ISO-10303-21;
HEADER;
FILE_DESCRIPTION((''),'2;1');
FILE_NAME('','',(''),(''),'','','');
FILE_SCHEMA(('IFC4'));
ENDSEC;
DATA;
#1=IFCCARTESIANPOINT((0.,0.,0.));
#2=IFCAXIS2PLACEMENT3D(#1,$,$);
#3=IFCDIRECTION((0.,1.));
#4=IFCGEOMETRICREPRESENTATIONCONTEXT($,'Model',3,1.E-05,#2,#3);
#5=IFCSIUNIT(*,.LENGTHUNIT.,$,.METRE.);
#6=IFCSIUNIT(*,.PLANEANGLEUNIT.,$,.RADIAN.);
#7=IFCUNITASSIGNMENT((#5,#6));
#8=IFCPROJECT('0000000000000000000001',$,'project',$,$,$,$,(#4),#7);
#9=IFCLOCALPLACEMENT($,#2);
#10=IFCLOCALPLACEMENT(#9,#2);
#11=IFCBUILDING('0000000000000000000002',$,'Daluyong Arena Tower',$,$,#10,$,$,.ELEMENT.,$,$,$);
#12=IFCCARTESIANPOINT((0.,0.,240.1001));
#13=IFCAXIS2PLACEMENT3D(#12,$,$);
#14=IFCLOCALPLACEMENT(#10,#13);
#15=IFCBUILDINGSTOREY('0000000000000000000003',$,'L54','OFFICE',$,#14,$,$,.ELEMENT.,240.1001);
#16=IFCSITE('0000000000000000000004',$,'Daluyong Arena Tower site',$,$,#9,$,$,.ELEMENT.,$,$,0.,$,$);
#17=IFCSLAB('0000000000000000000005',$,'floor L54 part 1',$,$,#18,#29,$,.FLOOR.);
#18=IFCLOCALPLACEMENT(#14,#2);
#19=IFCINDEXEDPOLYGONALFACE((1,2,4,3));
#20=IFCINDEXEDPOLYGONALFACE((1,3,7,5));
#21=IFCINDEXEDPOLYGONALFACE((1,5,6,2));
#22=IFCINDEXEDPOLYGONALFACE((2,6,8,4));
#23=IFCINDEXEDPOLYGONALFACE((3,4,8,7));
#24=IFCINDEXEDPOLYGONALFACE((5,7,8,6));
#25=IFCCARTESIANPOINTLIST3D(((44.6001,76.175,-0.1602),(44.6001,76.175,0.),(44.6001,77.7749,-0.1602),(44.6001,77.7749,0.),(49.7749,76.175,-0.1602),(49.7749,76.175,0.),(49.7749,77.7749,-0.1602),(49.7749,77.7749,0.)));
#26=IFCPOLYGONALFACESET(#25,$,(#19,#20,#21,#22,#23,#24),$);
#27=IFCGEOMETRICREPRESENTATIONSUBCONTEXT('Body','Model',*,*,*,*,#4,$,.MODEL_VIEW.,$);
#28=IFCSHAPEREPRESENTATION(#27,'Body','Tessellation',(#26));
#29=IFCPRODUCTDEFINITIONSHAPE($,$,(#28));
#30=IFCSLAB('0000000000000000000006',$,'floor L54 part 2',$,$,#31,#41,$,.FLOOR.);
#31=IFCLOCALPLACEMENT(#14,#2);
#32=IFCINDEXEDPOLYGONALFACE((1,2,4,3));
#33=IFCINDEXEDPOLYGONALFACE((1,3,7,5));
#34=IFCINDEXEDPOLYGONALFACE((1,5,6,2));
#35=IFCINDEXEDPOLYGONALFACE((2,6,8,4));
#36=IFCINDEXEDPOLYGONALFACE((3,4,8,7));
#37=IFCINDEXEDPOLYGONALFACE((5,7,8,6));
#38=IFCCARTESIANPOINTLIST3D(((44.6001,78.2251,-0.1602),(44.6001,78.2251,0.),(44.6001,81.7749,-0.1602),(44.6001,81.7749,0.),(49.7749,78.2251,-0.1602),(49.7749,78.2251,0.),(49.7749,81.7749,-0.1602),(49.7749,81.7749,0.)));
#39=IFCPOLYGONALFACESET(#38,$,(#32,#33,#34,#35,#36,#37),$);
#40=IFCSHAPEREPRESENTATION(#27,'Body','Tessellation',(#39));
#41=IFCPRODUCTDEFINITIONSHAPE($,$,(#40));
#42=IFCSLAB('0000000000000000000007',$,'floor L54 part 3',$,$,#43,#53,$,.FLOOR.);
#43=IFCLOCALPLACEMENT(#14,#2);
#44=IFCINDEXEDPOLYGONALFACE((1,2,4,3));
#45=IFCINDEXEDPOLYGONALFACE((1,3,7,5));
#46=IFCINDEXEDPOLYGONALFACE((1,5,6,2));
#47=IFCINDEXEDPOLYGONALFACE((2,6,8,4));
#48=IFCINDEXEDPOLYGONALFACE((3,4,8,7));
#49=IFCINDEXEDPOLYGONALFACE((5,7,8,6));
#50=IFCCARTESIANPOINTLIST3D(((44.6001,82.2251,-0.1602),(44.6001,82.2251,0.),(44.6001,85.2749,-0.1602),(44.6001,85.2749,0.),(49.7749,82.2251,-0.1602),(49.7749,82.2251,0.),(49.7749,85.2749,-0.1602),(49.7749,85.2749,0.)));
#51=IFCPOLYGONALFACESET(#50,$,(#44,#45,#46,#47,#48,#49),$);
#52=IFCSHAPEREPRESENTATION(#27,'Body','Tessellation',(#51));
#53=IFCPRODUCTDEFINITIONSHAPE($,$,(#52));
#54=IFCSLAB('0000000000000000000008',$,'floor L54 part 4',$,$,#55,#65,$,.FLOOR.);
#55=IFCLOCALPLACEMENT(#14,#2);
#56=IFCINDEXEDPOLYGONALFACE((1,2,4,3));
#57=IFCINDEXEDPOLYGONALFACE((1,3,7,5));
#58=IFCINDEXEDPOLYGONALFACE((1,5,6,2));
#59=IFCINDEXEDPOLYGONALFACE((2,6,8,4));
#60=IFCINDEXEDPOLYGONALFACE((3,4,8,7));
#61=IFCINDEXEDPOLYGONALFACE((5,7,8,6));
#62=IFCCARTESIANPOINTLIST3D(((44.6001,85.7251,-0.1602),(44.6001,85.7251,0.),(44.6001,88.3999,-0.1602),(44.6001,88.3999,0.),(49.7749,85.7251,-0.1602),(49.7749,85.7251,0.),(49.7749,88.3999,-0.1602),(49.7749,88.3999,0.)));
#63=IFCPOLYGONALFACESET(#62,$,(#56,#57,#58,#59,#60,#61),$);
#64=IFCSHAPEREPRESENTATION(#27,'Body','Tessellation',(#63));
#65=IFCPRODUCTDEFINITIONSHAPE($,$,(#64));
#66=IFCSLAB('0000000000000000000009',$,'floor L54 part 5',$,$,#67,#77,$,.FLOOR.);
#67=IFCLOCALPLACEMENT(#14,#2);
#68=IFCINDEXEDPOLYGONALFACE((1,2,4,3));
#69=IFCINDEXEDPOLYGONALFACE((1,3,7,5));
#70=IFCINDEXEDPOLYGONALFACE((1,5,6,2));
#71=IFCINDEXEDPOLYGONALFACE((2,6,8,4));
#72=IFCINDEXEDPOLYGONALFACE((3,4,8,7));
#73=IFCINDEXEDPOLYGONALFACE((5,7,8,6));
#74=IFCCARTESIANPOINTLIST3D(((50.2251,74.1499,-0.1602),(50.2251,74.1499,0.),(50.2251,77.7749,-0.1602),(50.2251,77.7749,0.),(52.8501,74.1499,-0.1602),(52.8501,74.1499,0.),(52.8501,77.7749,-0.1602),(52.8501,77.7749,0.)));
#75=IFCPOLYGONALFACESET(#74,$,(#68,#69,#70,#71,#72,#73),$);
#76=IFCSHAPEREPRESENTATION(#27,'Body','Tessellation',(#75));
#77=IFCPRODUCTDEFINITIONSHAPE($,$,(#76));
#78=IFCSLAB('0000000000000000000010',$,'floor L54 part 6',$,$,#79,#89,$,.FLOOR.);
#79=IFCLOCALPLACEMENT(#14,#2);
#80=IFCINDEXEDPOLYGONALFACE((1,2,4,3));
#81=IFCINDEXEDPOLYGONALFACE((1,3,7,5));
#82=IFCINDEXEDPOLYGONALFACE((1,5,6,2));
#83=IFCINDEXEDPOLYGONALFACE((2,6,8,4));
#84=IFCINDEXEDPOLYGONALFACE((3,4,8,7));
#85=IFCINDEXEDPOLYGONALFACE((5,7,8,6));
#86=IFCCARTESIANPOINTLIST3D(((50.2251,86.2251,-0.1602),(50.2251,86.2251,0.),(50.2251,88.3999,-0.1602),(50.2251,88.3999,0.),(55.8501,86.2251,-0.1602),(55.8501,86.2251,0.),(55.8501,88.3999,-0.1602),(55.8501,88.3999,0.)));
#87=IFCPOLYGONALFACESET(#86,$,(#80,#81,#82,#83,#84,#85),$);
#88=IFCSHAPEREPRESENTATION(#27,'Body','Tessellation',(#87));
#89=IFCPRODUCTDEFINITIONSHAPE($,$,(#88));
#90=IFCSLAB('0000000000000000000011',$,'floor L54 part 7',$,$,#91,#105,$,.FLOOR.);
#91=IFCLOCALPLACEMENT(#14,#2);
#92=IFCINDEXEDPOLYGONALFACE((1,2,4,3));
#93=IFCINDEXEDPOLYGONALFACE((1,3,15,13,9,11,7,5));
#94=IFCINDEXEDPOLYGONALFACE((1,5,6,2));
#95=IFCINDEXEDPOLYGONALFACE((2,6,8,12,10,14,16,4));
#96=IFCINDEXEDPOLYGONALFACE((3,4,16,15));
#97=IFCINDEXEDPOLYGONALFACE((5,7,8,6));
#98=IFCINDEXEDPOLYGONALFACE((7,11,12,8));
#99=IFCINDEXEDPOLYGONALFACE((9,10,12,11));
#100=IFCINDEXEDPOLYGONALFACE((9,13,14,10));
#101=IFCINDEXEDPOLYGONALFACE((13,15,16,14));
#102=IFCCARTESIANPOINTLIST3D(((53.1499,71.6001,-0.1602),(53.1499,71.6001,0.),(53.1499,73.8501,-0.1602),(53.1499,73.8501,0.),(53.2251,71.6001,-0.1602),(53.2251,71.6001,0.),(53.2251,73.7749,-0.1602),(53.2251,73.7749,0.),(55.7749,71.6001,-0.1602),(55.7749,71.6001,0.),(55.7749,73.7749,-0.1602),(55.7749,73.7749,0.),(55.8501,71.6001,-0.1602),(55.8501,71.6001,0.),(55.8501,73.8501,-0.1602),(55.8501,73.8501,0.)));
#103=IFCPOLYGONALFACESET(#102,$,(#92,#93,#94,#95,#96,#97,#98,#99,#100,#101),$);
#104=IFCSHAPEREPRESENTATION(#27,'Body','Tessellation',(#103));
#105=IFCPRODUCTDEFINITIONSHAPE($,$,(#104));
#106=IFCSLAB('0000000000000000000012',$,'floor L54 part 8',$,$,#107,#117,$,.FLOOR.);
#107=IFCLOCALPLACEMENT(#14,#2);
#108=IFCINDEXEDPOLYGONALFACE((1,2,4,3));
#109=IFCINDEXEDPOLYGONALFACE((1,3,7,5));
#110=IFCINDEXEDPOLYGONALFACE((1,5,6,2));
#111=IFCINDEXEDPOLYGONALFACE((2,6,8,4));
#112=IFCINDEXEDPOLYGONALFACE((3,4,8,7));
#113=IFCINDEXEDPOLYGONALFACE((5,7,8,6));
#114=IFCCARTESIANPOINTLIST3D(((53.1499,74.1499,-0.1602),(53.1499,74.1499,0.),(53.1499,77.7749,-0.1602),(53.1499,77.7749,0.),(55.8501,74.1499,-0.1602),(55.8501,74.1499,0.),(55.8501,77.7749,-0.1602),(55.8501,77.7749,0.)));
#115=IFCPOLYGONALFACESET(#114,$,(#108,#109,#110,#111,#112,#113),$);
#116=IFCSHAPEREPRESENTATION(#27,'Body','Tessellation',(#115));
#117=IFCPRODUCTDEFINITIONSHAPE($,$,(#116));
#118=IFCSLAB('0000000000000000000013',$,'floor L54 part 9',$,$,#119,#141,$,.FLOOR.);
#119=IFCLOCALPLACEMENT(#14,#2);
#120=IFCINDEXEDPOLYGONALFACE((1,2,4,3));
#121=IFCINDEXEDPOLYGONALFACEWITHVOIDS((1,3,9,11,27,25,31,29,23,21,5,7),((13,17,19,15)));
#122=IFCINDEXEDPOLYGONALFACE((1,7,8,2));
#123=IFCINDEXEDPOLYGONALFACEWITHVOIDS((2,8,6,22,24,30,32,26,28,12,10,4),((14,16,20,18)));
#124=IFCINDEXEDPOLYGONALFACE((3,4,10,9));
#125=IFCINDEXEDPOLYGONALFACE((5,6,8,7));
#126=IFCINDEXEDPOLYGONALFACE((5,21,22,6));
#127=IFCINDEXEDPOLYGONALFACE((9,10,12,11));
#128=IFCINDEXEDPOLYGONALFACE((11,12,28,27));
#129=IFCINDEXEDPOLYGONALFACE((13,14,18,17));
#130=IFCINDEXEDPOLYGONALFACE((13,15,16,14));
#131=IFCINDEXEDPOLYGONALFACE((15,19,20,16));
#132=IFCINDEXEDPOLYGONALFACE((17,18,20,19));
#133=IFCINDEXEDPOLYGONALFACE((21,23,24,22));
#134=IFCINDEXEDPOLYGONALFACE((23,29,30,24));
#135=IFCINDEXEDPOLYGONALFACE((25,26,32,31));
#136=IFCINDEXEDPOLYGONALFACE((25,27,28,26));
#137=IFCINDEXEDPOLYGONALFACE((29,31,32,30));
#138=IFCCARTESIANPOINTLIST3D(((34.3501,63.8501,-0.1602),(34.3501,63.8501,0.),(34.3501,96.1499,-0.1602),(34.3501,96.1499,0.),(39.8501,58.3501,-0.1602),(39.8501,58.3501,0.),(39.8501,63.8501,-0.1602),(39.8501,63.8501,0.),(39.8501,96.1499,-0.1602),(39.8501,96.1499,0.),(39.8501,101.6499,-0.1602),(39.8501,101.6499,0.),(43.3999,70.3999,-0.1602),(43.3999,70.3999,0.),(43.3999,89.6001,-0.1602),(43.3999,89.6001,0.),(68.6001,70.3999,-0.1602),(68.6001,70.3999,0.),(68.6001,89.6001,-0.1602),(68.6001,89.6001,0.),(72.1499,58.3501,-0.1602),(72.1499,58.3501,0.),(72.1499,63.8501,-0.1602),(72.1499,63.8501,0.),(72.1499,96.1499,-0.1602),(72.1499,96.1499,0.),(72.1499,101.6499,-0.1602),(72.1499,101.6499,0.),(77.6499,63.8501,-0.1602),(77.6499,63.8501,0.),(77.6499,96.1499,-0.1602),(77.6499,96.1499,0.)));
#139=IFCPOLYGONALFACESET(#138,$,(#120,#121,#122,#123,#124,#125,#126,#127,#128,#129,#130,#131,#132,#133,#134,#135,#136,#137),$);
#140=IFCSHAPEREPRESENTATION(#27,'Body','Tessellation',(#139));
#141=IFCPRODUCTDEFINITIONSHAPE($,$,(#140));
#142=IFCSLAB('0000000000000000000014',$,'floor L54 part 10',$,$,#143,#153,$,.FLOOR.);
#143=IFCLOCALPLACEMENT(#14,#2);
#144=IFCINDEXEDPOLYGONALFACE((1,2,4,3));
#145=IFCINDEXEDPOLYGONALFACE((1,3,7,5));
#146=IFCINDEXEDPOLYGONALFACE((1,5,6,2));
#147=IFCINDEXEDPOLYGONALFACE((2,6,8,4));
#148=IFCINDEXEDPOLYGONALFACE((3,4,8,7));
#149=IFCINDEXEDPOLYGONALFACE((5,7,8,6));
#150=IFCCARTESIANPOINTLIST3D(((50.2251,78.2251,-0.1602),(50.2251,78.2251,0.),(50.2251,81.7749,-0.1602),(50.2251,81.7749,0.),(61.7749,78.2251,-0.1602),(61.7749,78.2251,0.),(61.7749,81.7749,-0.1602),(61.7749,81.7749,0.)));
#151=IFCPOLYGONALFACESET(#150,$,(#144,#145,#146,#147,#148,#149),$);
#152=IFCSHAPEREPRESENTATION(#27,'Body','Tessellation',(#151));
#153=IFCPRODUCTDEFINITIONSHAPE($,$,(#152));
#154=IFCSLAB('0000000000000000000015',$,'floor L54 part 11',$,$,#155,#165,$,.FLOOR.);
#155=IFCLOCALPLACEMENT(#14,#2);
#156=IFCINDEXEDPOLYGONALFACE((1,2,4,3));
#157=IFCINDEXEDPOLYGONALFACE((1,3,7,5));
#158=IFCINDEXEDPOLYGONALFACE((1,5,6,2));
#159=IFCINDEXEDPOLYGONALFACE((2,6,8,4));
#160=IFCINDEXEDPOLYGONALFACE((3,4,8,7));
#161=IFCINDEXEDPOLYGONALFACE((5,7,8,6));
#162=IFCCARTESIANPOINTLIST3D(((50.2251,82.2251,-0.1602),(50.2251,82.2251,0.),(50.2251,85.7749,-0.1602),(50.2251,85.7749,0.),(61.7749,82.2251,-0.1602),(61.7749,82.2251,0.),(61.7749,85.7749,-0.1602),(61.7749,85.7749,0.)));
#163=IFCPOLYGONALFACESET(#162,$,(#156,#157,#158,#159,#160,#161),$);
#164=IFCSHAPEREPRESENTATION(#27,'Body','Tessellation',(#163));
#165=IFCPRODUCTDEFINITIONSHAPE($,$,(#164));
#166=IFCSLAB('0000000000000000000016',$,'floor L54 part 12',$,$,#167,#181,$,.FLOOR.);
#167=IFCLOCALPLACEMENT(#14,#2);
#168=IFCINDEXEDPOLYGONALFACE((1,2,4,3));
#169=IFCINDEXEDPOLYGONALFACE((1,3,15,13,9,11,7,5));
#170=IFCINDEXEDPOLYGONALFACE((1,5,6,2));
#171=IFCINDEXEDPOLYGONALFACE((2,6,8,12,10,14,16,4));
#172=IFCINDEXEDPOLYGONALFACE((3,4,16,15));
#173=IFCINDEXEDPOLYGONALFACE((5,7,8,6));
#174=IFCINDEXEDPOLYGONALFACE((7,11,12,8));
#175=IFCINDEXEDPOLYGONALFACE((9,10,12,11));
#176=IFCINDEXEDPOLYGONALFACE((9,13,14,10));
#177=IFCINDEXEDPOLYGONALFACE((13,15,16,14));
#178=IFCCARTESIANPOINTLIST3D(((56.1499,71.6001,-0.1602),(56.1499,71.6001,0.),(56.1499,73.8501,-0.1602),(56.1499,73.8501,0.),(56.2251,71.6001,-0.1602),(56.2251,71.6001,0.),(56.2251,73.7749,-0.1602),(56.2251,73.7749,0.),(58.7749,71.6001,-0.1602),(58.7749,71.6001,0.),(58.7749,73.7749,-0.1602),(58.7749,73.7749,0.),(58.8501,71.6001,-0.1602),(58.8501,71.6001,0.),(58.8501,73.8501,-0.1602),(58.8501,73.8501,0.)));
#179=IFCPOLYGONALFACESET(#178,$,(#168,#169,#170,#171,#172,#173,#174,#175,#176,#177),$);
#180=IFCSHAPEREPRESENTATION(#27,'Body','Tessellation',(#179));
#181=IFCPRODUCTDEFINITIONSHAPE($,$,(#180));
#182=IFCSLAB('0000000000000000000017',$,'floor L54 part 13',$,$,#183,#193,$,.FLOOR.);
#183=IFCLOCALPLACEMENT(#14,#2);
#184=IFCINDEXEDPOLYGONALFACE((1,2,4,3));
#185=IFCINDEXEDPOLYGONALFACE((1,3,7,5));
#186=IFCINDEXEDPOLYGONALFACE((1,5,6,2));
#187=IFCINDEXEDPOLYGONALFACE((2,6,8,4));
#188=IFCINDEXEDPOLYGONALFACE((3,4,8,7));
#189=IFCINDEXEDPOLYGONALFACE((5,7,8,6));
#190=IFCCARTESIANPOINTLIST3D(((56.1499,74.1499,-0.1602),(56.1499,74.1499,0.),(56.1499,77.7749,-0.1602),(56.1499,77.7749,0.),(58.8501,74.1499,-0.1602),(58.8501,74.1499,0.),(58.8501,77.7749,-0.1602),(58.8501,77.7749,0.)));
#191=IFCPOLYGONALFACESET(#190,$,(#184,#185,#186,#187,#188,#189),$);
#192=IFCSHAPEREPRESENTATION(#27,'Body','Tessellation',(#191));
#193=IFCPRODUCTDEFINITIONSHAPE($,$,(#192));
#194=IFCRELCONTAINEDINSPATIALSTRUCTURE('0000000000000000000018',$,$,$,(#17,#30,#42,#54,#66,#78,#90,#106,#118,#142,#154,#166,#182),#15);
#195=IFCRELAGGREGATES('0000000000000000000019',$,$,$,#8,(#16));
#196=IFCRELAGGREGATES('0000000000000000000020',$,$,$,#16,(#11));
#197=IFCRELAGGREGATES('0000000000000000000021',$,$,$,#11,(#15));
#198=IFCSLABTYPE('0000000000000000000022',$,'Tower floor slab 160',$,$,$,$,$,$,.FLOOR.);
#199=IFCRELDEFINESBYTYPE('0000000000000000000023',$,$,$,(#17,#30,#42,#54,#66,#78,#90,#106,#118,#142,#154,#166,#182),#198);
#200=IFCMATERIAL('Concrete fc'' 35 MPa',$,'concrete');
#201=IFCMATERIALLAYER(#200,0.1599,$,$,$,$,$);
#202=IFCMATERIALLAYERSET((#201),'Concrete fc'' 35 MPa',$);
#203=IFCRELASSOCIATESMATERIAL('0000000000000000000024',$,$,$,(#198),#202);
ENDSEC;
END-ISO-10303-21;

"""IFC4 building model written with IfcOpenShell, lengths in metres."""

from ifc_helpers import new_model, si_unit, direction, frame, origin, place, context, subcontext, project, spatial, polyline, outline, extrude, material, layer, layer_set, type_object, element, save


model = new_model("IFC4")

# Units and contexts
model_context = context("Model", 3, precision=1e-05, world=origin(), true_north=direction((0.0, 1.0)))
body_context = subcontext(model_context, "Body", "Model", "MODEL_VIEW")
ifc_project = project(units=[si_unit("LENGTHUNIT", "METRE"), si_unit("PLANEANGLEUNIT", "RADIAN")], contexts=[model_context])

# Site, building, storey
site_placement = place(None, origin())
site = spatial("IfcSite", under=ifc_project, at=site_placement, Name="Daluyong Arena Tower site", CompositionType="ELEMENT", RefElevation=0.0)
building_placement = place(site_placement, origin())
building = spatial("IfcBuilding", under=site, at=building_placement, Name="Daluyong Arena Tower", CompositionType="ELEMENT")
storey_placement = place(building_placement, frame((0.0, 0.0, 240.1001)))
storey = spatial("IfcBuildingStorey", under=building, at=storey_placement, Name="L54", Description="OFFICE", CompositionType="ELEMENT", Elevation=240.1001)

# Slabs
ifc_material_1 = material(Name="Concrete fc' 35 MPa", Category="concrete")
ifc_layer_1 = layer(ifc_material_1, 0.1599)
ifc_layer_set_1 = layer_set([ifc_layer_1], Name="Concrete fc' 35 MPa")
slab_type = type_object("IfcSlabType", Name="Tower floor slab 160", PredefinedType="FLOOR", material=ifc_layer_set_1)
slab_1_placement = place(storey_placement, frame((0.0, 0.0, -0.1602)))
element("IfcSlab", 1, at=slab_1_placement, inside=storey, type_object=slab_type, Name="floor L54 part 1", PredefinedType="FLOOR", context=body_context, shape_type="SweptSolid", body=[
    extrude(outline(polyline([(49.7749, 77.7749), (44.6001, 77.7749), (44.6001, 76.175), (49.7749, 76.175), (49.7749, 77.7749)])), origin(), (0.0, 0.0, 1.0), 0.1602),
])
slab_2_placement = place(storey_placement, frame((0.0, 0.0, -0.1602)))
element("IfcSlab", 2, at=slab_2_placement, inside=storey, type_object=slab_type, Name="floor L54 part 2", PredefinedType="FLOOR", context=body_context, shape_type="SweptSolid", body=[
    extrude(outline(polyline([(49.7749, 78.2251), (49.7749, 81.7749), (44.6001, 81.7749), (44.6001, 78.2251), (49.7749, 78.2251)])), origin(), (0.0, 0.0, 1.0), 0.1602),
])
slab_3_placement = place(storey_placement, frame((0.0, 0.0, -0.1602)))
element("IfcSlab", 3, at=slab_3_placement, inside=storey, type_object=slab_type, Name="floor L54 part 3", PredefinedType="FLOOR", context=body_context, shape_type="SweptSolid", body=[
    extrude(outline(polyline([(44.6001, 85.2749), (44.6001, 82.2251), (49.7749, 82.2251), (49.7749, 85.2749), (44.6001, 85.2749)])), origin(), (0.0, 0.0, 1.0), 0.1602),
])
slab_4_placement = place(storey_placement, frame((0.0, 0.0, -0.1602)))
element("IfcSlab", 4, at=slab_4_placement, inside=storey, type_object=slab_type, Name="floor L54 part 4", PredefinedType="FLOOR", context=body_context, shape_type="SweptSolid", body=[
    extrude(outline(polyline([(44.6001, 88.3999), (44.6001, 85.7251), (49.7749, 85.7251), (49.7749, 88.3999), (44.6001, 88.3999)])), origin(), (0.0, 0.0, 1.0), 0.1602),
])
slab_5_placement = place(storey_placement, frame((0.0, 0.0, -0.1602)))
element("IfcSlab", 5, at=slab_5_placement, inside=storey, type_object=slab_type, Name="floor L54 part 5", PredefinedType="FLOOR", context=body_context, shape_type="SweptSolid", body=[
    extrude(outline(polyline([(52.8501, 74.1499), (52.8501, 77.7749), (50.2251, 77.7749), (50.2251, 74.1499), (52.8501, 74.1499)])), origin(), (0.0, 0.0, 1.0), 0.1602),
])
slab_6_placement = place(storey_placement, frame((0.0, 0.0, -0.1602)))
element("IfcSlab", 6, at=slab_6_placement, inside=storey, type_object=slab_type, Name="floor L54 part 6", PredefinedType="FLOOR", context=body_context, shape_type="SweptSolid", body=[
    extrude(outline(polyline([(50.2251, 88.3999), (50.2251, 86.2251), (55.8501, 86.2251), (55.8501, 88.3999), (50.2251, 88.3999)])), origin(), (0.0, 0.0, 1.0), 0.1602),
])
slab_7_placement = place(storey_placement, frame((0.0, 0.0, -0.1602)))
element("IfcSlab", 7, at=slab_7_placement, inside=storey, type_object=slab_type, Name="floor L54 part 7", PredefinedType="FLOOR", context=body_context, shape_type="SweptSolid", body=[
    extrude(outline(polyline([(53.2251, 71.6001), (53.2251, 73.7749), (55.7749, 73.7749), (55.7749, 71.6001), (55.8501, 71.6001), (55.8501, 73.8501), (53.1499, 73.8501), (53.1499, 71.6001), (53.2251, 71.6001)])), origin(), (0.0, 0.0, 1.0), 0.1602),
])
slab_8_placement = place(storey_placement, frame((0.0, 0.0, -0.1602)))
element("IfcSlab", 8, at=slab_8_placement, inside=storey, type_object=slab_type, Name="floor L54 part 8", PredefinedType="FLOOR", context=body_context, shape_type="SweptSolid", body=[
    extrude(outline(polyline([(53.1499, 74.1499), (55.8501, 74.1499), (55.8501, 77.7749), (53.1499, 77.7749), (53.1499, 74.1499)])), origin(), (0.0, 0.0, 1.0), 0.1602),
])
slab_9_placement = place(storey_placement, frame((0.0, 0.0, -0.1602)))
element("IfcSlab", 9, at=slab_9_placement, inside=storey, type_object=slab_type, Name="floor L54 part 9", PredefinedType="FLOOR", context=body_context, shape_type="SweptSolid", body=[
    extrude(outline(polyline([(39.8501, 63.8501), (39.8501, 58.3501), (72.1499, 58.3501), (72.1499, 63.8501), (77.6499, 63.8501), (77.6499, 96.1499), (72.1499, 96.1499), (72.1499, 101.6499), (39.8501, 101.6499), (39.8501, 96.1499), (34.3501, 96.1499), (34.3501, 63.8501), (39.8501, 63.8501)]), holes=[polyline([(68.6001, 89.6001), (68.6001, 70.3999), (43.3999, 70.3999), (43.3999, 89.6001), (68.6001, 89.6001)])]), origin(), (0.0, 0.0, 1.0), 0.1602),
])
slab_10_placement = place(storey_placement, frame((0.0, 0.0, -0.1602)))
element("IfcSlab", 10, at=slab_10_placement, inside=storey, type_object=slab_type, Name="floor L54 part 10", PredefinedType="FLOOR", context=body_context, shape_type="SweptSolid", body=[
    extrude(outline(polyline([(50.2251, 81.7749), (50.2251, 78.2251), (61.7749, 78.2251), (61.7749, 81.7749), (50.2251, 81.7749)])), origin(), (0.0, 0.0, 1.0), 0.1602),
])
slab_11_placement = place(storey_placement, frame((0.0, 0.0, -0.1602)))
element("IfcSlab", 11, at=slab_11_placement, inside=storey, type_object=slab_type, Name="floor L54 part 11", PredefinedType="FLOOR", context=body_context, shape_type="SweptSolid", body=[
    extrude(outline(polyline([(50.2251, 85.7749), (50.2251, 82.2251), (61.7749, 82.2251), (61.7749, 85.7749), (50.2251, 85.7749)])), origin(), (0.0, 0.0, 1.0), 0.1602),
])
slab_12_placement = place(storey_placement, frame((0.0, 0.0, -0.1602)))
element("IfcSlab", 12, at=slab_12_placement, inside=storey, type_object=slab_type, Name="floor L54 part 12", PredefinedType="FLOOR", context=body_context, shape_type="SweptSolid", body=[
    extrude(outline(polyline([(56.2251, 71.6001), (56.2251, 73.7749), (58.7749, 73.7749), (58.7749, 71.6001), (58.8501, 71.6001), (58.8501, 73.8501), (56.1499, 73.8501), (56.1499, 71.6001), (56.2251, 71.6001)])), origin(), (0.0, 0.0, 1.0), 0.1602),
])
slab_13_placement = place(storey_placement, frame((0.0, 0.0, -0.1602)))
element("IfcSlab", 13, at=slab_13_placement, inside=storey, type_object=slab_type, Name="floor L54 part 13", PredefinedType="FLOOR", context=body_context, shape_type="SweptSolid", body=[
    extrude(outline(polyline([(58.8501, 77.7749), (56.1499, 77.7749), (56.1499, 74.1499), (58.8501, 74.1499), (58.8501, 77.7749)])), origin(), (0.0, 0.0, 1.0), 0.1602),
])

save(model, "model.ifc")
